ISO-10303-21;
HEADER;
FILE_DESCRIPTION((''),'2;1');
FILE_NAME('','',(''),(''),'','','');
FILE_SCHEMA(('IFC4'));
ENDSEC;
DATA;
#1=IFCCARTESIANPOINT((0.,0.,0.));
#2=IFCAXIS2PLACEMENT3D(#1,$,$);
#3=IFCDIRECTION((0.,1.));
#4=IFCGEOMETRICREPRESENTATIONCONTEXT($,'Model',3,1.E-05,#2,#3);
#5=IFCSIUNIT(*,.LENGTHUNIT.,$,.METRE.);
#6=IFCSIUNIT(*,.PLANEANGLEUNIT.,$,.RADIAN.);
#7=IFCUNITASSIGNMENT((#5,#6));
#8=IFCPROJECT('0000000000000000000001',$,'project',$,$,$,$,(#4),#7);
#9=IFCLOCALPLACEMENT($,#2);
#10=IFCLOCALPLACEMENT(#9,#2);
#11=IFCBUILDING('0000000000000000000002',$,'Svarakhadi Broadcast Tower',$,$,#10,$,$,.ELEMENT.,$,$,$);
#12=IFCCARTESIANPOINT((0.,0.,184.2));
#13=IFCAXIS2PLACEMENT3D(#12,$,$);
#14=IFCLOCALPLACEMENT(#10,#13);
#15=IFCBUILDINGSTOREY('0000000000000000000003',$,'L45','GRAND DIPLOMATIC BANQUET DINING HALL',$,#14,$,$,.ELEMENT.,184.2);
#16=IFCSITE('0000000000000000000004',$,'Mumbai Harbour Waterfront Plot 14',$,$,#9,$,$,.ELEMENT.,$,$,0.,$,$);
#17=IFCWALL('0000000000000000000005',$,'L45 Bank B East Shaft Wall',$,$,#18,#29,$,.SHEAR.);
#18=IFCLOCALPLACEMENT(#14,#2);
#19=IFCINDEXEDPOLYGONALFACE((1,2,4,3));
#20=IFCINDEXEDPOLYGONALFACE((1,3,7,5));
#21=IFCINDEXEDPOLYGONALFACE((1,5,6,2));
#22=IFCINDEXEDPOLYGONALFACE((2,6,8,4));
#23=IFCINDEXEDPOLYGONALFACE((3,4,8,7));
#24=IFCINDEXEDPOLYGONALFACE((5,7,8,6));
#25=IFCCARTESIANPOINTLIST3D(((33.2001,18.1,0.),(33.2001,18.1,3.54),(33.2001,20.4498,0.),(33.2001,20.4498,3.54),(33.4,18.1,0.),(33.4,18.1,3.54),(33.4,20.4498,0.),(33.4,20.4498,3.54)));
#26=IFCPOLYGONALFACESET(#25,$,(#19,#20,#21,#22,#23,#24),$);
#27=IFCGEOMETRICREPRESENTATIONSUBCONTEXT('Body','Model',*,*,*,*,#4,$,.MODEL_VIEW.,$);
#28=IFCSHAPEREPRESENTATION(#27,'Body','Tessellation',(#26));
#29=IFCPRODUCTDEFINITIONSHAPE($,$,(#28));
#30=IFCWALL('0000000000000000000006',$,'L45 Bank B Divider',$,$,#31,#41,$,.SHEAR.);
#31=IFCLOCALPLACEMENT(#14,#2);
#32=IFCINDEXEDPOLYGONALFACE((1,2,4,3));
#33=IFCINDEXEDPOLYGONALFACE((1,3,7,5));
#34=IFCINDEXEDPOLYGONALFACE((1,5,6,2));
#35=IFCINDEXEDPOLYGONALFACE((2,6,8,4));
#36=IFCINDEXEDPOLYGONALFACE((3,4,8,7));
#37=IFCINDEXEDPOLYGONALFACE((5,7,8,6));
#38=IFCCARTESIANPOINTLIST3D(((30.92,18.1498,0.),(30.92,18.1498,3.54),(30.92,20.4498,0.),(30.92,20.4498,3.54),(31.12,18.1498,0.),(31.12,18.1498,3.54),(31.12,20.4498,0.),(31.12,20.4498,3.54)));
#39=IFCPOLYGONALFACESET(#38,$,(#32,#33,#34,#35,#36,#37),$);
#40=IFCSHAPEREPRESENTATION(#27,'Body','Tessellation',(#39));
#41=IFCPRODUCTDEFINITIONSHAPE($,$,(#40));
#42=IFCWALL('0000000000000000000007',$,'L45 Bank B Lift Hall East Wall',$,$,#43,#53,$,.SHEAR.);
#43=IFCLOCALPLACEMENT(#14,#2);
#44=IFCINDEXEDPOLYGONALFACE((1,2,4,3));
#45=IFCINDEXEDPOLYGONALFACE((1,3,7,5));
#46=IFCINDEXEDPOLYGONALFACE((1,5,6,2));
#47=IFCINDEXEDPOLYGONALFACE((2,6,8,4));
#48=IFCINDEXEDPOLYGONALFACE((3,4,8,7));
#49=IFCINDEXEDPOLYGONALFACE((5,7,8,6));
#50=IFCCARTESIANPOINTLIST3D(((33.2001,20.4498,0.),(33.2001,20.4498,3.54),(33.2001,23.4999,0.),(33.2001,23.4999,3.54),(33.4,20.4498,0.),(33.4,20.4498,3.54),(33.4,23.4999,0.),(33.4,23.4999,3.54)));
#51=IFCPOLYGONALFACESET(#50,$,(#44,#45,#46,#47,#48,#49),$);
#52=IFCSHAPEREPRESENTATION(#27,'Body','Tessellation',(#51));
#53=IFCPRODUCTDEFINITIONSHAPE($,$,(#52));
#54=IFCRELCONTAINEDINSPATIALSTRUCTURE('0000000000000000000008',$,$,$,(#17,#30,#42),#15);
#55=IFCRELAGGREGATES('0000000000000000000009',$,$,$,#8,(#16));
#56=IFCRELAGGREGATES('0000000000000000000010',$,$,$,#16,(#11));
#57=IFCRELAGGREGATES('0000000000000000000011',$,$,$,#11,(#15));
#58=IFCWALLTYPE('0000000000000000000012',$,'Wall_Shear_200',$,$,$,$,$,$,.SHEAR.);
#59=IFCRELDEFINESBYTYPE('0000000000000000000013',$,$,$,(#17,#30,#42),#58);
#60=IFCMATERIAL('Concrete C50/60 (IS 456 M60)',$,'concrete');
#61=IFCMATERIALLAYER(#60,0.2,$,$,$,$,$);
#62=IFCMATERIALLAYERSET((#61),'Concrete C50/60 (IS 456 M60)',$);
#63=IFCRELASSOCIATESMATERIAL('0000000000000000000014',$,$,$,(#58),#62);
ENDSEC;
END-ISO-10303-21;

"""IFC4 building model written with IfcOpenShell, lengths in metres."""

from ifc_helpers import new_model, si_unit, direction, frame, frame_2d, origin, place, context, subcontext, project, spatial, rectangle, extrude, material, layer, layer_set, type_object, element, save


model = new_model("IFC4")

# Units and contexts
model_context = context("Model", 3, precision=1e-05, world=origin(), true_north=direction((0.0, 1.0)))
body_context = subcontext(model_context, "Body", "Model", "MODEL_VIEW")
ifc_project = project(units=[si_unit("LENGTHUNIT", "METRE"), si_unit("PLANEANGLEUNIT", "RADIAN")], contexts=[model_context])

# Site, building, storey
site_placement = place(None, origin())
site = spatial("IfcSite", under=ifc_project, at=site_placement, Name="Mumbai Harbour Waterfront Plot 14", CompositionType="ELEMENT", RefElevation=0.0)
building_placement = place(site_placement, origin())
building = spatial("IfcBuilding", under=site, at=building_placement, Name="Svarakhadi Broadcast Tower", CompositionType="ELEMENT")
storey_placement = place(building_placement, frame((0.0, 0.0, 184.2)))
storey = spatial("IfcBuildingStorey", under=building, at=storey_placement, Name="L45", Description="GRAND DIPLOMATIC BANQUET DINING HALL", CompositionType="ELEMENT", Elevation=184.2)

# Shared definitions
ifc_material_1 = material(Name="Concrete C50/60 (IS 456 M60)", Category="concrete")

# Walls
ifc_layer_1 = layer(ifc_material_1, 0.2)
ifc_layer_set_1 = layer_set([ifc_layer_1], Name="Concrete C50/60 (IS 456 M60)")
wall_type_1 = type_object("IfcWallType", Name="Wall_Shear_200", PredefinedType="SHEAR", material=ifc_layer_set_1)
wall_1_placement = place(storey_placement, frame((33.3, 18.1001, 0.0), z_axis=(0.0, 0.0, 1.0), x_axis=(0.0, 1.0, 0.0)))
element("IfcWall", 1, at=wall_1_placement, inside=storey, type_object=wall_type_1, Name="L45 Bank B East Shaft Wall", PredefinedType="SHEAR", context=body_context, shape_type="SweptSolid", body=[
    extrude(rectangle(XDim=2.3499, YDim=0.2, at=frame_2d((1.1748, 0.0))), origin(), (0.0, 0.0, 1.0), 3.54),
])
wall_2_placement = place(storey_placement, frame((31.02, 18.1499, 0.0), z_axis=(0.0, 0.0, 1.0), x_axis=(0.0, 1.0, 0.0)))
element("IfcWall", 2, at=wall_2_placement, inside=storey, type_object=wall_type_1, Name="L45 Bank B Divider", PredefinedType="SHEAR", context=body_context, shape_type="SweptSolid", body=[
    extrude(rectangle(XDim=2.3, YDim=0.2, at=frame_2d((1.1499, 0.0))), origin(), (0.0, 0.0, 1.0), 3.54),
])
wall_3_placement = place(storey_placement, frame((33.3, 20.45, 0.0), z_axis=(0.0, 0.0, 1.0), x_axis=(0.0, 1.0, 0.0)))
element("IfcWall", 3, at=wall_3_placement, inside=storey, type_object=wall_type_1, Name="L45 Bank B Lift Hall East Wall", PredefinedType="SHEAR", context=body_context, shape_type="SweptSolid", body=[
    extrude(rectangle(XDim=3.05, YDim=0.2, at=frame_2d((1.5249, 0.0))), origin(), (0.0, 0.0, 1.0), 3.54),
])

save(model, "model.ifc")
